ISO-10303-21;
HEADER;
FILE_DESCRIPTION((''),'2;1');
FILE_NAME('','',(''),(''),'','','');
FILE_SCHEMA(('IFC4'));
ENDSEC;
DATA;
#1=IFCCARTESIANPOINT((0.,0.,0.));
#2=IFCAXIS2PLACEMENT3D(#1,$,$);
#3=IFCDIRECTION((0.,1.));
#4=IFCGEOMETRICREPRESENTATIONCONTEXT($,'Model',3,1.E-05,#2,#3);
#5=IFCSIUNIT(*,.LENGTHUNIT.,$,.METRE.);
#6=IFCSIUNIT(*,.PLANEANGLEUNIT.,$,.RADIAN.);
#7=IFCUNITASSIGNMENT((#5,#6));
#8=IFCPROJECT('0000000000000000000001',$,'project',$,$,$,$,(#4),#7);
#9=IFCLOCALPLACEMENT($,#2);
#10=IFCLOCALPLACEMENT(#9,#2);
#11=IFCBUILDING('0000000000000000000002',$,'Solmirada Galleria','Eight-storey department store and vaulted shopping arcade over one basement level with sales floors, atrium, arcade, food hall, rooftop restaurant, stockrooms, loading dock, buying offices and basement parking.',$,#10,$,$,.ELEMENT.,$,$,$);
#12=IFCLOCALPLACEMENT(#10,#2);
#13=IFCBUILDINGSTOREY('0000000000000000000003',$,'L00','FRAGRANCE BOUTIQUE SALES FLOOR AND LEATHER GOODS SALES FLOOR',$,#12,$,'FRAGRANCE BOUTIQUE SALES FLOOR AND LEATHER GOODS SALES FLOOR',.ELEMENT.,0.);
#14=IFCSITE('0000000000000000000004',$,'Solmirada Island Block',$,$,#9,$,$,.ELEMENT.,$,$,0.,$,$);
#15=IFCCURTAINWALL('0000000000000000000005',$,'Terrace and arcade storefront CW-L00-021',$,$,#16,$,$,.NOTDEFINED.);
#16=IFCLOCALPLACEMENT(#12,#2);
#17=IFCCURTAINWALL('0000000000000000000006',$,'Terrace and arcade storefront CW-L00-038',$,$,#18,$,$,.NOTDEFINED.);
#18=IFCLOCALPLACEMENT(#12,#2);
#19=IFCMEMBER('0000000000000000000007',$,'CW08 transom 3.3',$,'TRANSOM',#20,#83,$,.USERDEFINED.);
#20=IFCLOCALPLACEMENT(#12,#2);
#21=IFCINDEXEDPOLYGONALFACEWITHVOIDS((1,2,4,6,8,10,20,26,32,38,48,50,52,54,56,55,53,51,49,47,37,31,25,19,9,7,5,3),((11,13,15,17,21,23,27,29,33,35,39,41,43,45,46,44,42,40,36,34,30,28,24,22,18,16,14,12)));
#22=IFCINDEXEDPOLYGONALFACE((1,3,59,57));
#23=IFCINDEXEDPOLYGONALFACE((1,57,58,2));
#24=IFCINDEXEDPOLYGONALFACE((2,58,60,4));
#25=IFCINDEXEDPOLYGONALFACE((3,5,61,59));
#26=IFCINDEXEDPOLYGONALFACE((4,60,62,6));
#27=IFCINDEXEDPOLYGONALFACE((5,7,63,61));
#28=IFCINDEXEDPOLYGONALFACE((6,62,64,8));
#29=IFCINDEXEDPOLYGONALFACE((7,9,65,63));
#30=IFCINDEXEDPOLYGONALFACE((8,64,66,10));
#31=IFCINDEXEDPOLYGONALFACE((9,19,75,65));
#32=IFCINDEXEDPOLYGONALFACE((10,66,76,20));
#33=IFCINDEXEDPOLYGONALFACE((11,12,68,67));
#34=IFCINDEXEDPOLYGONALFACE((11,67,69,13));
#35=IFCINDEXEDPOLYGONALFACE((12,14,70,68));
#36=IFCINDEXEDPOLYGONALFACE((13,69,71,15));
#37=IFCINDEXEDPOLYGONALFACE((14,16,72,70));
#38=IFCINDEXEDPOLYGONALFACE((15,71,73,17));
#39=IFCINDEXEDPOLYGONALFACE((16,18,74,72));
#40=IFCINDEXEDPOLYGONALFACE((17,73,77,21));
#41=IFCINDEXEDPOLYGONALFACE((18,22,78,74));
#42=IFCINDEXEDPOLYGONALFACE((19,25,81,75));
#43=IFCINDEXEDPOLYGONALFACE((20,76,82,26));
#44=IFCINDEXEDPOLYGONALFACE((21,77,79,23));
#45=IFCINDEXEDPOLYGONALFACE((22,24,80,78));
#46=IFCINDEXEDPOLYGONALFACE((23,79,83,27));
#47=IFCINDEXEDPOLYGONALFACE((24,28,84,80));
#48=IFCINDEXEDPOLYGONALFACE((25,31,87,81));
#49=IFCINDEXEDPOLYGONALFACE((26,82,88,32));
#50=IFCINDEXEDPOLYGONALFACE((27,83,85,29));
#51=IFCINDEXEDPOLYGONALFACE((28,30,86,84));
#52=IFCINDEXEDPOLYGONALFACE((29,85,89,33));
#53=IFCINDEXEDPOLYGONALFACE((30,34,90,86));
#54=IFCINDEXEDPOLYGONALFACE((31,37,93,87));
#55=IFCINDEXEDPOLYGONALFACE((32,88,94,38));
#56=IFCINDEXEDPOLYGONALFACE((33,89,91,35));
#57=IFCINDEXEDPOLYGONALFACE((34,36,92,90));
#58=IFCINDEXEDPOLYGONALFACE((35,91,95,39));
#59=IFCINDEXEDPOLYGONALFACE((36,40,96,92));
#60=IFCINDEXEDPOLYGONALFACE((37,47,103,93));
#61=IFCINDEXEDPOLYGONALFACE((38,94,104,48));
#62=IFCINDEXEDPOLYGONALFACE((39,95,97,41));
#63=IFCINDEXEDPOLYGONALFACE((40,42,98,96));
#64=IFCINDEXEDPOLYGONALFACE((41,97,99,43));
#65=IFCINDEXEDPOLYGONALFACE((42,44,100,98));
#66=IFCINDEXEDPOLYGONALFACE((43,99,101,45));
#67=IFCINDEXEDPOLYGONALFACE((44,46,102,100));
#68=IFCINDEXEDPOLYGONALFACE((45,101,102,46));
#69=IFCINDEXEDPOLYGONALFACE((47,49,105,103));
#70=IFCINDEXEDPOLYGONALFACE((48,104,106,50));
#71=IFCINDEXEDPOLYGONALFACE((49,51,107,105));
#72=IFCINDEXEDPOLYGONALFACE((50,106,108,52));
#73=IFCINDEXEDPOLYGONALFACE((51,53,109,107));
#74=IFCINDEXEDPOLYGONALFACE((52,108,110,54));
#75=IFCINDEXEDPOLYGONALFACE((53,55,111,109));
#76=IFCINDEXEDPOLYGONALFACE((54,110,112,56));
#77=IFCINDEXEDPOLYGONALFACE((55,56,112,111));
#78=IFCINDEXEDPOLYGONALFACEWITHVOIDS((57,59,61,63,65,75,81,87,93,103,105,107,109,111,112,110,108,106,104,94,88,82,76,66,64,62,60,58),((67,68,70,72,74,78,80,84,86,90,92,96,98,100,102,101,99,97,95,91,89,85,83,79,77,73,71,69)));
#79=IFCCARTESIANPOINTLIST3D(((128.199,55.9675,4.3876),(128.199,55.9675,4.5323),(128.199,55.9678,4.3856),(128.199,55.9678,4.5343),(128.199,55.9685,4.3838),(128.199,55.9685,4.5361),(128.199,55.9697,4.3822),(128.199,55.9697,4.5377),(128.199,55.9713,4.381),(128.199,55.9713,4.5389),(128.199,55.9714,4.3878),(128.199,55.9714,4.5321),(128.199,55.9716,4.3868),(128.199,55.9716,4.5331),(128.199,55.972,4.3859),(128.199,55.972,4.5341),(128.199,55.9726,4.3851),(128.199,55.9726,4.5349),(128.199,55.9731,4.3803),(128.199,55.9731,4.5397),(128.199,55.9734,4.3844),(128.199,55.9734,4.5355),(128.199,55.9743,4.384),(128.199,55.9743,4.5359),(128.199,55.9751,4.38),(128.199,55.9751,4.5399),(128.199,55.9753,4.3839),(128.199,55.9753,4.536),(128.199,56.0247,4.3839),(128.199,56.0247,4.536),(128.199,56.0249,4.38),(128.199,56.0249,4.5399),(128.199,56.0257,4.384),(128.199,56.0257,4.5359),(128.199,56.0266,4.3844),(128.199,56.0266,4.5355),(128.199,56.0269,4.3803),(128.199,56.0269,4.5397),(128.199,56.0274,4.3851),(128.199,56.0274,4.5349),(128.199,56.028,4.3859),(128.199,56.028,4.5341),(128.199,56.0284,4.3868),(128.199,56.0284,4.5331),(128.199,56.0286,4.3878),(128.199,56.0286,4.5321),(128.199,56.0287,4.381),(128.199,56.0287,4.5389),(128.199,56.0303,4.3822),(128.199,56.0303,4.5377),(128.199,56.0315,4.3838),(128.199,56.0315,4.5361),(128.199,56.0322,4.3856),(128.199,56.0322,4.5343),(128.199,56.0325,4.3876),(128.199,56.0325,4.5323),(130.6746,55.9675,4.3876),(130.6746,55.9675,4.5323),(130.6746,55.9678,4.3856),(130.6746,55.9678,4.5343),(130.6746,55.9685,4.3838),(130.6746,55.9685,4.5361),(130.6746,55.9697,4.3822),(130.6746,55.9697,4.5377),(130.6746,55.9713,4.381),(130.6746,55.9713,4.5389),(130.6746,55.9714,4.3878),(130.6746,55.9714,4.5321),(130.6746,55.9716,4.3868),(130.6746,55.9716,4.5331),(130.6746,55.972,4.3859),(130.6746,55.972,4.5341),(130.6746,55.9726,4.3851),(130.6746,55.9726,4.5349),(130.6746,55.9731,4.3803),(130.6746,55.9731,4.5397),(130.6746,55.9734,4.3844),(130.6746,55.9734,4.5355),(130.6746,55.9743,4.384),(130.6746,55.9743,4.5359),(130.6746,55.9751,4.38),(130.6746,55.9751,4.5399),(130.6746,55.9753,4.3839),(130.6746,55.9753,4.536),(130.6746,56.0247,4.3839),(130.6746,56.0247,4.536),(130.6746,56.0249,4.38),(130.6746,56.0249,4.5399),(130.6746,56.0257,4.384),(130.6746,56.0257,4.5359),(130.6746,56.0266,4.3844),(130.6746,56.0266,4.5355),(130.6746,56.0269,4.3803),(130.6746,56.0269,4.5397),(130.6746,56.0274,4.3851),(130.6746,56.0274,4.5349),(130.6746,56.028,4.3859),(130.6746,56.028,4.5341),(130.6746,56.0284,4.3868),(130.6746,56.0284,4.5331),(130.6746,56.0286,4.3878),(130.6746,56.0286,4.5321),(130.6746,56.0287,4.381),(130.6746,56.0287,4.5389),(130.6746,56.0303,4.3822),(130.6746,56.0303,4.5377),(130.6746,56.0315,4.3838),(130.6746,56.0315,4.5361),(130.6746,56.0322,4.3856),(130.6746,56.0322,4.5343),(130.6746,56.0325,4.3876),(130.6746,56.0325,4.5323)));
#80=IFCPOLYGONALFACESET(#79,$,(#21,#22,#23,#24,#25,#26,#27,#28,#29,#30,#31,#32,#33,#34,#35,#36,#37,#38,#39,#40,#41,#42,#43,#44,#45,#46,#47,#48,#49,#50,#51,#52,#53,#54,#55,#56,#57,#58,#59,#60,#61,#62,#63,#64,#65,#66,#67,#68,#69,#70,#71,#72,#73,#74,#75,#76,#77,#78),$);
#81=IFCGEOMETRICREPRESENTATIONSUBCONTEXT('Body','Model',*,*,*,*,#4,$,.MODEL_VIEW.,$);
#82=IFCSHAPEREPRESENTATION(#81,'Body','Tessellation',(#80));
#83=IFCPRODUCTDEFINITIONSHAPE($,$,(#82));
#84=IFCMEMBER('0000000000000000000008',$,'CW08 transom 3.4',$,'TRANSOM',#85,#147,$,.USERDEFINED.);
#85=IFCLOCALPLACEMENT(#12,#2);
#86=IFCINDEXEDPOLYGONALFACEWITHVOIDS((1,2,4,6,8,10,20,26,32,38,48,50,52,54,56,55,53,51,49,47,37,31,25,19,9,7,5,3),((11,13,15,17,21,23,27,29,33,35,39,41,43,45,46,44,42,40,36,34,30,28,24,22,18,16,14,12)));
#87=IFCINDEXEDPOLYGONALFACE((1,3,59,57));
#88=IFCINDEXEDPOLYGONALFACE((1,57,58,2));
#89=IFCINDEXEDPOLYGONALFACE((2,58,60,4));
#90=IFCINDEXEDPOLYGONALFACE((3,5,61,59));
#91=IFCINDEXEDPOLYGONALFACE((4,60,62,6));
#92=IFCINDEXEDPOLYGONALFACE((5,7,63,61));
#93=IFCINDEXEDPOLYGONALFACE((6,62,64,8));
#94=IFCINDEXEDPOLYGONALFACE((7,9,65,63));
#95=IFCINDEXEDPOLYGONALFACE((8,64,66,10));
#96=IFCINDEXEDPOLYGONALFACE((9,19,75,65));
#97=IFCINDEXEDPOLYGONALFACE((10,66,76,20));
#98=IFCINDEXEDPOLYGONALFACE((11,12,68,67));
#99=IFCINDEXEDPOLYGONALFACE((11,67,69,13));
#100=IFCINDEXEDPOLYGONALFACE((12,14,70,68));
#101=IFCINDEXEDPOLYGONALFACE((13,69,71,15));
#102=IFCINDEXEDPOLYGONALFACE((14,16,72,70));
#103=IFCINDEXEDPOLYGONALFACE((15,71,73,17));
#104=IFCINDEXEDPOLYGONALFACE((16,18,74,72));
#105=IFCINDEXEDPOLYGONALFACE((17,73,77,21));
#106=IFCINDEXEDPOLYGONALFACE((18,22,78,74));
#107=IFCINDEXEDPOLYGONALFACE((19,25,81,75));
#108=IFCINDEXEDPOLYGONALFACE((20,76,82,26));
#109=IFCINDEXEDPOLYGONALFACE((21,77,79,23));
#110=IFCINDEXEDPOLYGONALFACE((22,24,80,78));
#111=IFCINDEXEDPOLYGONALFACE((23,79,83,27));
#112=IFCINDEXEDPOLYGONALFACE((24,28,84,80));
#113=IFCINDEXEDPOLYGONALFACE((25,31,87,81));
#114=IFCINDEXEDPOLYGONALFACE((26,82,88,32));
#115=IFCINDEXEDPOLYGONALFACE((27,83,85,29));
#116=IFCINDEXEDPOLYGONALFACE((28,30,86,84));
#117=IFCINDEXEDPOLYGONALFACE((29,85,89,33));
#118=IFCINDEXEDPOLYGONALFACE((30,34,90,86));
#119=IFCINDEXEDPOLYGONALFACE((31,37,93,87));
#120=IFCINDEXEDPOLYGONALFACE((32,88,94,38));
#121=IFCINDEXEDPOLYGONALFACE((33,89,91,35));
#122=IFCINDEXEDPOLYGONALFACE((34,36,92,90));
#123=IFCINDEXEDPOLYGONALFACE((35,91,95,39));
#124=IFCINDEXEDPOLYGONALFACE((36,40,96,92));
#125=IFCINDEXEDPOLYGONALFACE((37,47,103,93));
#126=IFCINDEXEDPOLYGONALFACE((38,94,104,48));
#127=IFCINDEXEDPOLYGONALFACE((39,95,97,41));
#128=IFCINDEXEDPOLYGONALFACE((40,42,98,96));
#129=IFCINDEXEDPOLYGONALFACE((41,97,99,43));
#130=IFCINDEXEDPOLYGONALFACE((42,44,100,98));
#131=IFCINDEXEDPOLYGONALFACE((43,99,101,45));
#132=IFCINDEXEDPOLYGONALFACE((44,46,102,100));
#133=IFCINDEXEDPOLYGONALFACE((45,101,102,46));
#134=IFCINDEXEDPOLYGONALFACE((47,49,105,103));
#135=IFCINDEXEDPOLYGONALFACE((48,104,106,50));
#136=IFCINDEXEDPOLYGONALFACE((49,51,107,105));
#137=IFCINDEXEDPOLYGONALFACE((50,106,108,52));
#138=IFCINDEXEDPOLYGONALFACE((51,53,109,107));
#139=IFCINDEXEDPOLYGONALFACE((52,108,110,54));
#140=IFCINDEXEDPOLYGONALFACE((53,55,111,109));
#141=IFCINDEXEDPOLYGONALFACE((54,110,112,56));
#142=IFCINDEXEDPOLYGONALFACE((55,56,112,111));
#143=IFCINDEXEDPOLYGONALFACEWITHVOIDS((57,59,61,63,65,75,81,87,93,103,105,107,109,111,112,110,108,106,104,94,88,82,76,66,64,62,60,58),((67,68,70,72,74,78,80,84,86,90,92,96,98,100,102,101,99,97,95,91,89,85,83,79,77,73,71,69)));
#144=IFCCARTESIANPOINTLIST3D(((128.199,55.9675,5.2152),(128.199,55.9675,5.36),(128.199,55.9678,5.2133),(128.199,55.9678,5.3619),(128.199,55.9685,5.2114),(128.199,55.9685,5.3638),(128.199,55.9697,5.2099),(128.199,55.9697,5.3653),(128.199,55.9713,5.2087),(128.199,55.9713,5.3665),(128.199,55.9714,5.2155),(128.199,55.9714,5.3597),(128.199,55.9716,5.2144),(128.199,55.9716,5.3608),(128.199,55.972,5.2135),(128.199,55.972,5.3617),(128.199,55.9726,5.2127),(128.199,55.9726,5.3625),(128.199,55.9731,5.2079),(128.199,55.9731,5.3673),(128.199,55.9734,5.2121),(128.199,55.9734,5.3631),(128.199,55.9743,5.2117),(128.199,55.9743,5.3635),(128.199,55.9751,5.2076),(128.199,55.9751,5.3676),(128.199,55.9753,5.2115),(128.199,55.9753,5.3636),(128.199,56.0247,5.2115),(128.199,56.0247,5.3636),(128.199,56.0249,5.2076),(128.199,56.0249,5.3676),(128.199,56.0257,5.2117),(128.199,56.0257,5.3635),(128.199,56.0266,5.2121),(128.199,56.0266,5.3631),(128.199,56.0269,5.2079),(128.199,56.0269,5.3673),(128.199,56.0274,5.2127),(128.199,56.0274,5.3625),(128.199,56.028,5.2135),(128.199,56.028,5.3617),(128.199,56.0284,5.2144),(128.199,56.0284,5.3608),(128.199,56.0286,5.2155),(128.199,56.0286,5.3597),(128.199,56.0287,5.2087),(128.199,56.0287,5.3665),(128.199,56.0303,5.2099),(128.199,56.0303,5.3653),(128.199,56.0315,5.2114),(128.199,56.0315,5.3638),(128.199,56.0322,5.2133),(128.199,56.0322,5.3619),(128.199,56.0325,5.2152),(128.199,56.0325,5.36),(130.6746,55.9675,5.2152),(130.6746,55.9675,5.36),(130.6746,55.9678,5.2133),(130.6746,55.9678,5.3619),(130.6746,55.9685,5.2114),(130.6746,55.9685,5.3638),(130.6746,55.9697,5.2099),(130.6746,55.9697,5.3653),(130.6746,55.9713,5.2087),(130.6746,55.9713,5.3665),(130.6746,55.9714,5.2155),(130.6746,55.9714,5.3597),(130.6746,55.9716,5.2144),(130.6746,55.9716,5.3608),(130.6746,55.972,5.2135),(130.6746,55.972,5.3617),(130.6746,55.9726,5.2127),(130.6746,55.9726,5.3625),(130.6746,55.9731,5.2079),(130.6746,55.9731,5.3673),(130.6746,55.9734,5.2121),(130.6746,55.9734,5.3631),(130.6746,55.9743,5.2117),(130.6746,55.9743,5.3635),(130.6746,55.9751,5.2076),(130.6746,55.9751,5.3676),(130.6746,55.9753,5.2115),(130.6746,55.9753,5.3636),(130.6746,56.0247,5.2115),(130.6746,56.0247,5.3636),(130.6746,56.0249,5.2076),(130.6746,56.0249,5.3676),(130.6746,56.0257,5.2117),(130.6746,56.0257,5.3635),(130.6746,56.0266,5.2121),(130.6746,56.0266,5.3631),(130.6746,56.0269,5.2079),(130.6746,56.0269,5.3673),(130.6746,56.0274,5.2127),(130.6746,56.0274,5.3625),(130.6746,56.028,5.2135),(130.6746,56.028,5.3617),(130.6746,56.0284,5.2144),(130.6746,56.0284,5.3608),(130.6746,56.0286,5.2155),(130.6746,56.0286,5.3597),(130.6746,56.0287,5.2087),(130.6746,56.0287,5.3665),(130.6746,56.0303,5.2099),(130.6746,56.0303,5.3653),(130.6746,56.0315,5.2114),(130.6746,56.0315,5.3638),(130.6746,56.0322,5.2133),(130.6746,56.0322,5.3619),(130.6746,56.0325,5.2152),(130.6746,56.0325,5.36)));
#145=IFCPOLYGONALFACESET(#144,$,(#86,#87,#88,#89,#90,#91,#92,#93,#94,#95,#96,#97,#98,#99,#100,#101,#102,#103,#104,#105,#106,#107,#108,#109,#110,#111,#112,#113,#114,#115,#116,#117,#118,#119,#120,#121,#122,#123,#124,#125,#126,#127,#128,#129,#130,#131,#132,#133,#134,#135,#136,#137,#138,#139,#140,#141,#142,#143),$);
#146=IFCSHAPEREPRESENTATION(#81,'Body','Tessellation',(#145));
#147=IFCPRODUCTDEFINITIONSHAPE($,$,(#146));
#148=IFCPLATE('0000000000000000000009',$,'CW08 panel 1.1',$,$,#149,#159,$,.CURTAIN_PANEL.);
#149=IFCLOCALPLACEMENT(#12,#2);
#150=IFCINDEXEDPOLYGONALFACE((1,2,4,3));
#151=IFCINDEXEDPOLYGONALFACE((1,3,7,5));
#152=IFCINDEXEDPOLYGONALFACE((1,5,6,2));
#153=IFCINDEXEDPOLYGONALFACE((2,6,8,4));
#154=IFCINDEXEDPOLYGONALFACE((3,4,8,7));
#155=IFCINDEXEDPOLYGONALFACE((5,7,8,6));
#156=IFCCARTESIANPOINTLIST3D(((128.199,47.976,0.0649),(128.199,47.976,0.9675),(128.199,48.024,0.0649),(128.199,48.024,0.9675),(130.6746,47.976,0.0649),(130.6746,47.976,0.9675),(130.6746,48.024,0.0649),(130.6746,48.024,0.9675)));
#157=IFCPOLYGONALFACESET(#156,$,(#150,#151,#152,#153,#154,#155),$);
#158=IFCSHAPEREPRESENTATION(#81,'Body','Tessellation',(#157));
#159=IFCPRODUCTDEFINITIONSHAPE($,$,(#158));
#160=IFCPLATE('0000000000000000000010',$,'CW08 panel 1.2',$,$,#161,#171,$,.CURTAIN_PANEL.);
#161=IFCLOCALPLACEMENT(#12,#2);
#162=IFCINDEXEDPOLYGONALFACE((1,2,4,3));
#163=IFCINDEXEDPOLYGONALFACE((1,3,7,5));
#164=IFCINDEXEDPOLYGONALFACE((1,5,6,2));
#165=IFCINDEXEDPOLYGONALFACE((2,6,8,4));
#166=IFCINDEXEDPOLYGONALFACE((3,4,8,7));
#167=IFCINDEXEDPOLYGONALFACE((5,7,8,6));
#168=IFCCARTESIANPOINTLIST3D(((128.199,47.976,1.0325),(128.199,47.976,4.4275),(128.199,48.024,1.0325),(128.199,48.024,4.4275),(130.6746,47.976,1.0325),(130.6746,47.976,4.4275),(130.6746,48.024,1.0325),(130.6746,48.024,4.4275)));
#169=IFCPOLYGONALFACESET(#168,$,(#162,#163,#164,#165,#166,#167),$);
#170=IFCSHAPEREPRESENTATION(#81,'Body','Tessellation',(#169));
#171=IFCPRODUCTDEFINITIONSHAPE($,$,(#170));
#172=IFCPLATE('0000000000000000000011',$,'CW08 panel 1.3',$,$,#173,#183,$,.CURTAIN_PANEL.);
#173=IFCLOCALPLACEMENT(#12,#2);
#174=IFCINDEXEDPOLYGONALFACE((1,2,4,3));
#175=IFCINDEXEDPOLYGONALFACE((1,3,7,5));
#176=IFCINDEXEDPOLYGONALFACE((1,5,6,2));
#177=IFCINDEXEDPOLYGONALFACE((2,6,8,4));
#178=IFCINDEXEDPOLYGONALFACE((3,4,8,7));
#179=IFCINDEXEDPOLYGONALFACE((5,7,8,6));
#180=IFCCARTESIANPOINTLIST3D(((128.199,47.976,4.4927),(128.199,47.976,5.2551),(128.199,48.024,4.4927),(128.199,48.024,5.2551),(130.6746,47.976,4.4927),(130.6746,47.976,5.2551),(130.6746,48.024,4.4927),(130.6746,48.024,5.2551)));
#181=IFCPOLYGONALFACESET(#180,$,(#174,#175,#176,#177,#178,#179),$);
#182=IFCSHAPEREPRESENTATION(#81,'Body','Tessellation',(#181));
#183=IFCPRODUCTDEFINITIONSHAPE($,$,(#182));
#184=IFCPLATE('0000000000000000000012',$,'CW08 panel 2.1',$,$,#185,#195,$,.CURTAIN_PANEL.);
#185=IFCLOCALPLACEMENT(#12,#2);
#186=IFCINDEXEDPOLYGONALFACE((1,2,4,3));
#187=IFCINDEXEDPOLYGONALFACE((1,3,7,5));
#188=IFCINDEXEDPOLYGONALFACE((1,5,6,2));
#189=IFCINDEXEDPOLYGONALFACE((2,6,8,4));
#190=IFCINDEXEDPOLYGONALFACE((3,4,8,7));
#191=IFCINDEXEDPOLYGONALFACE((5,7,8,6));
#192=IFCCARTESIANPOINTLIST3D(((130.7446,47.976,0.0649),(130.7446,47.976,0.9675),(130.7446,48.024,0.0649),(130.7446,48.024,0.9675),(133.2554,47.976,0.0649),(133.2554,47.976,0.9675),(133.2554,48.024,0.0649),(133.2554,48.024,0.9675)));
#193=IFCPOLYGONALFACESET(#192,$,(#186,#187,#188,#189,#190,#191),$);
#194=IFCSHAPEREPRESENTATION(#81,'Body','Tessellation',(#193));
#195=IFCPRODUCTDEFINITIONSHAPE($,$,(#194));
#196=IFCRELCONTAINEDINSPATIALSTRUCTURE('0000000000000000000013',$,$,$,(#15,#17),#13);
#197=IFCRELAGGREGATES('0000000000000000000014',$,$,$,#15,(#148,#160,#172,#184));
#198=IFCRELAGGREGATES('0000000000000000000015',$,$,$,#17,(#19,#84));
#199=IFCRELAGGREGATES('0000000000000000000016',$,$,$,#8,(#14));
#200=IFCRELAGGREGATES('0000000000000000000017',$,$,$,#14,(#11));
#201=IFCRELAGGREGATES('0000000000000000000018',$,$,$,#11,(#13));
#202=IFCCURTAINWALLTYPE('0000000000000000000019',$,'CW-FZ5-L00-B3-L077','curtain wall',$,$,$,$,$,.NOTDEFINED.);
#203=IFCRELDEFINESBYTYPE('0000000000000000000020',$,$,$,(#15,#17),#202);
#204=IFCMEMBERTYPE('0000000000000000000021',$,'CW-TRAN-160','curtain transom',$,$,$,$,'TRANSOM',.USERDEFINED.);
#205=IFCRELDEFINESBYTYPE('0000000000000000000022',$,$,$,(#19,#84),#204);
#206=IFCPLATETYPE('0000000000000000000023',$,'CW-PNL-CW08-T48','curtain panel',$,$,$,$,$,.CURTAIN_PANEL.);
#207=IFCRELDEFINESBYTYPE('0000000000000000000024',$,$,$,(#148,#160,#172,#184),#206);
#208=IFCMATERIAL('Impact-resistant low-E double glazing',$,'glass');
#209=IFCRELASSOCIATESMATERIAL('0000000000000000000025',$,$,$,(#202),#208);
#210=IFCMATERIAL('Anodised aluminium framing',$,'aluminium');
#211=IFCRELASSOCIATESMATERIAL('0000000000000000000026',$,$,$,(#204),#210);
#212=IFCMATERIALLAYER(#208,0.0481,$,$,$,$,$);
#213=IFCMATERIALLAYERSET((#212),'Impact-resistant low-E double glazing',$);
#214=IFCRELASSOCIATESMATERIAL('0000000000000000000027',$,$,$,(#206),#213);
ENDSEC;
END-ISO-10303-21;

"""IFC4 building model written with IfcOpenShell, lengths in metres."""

from ifc_helpers import new_model, si_unit, direction, frame, origin, origin_2d, place, context, subcontext, project, spatial, rectangle, hollow_rectangle, extrude, material, layer, layer_set, material_profile, profile_set, type_object, element, aggregate, save


model = new_model("IFC4")

# Units and contexts
model_context = context("Model", 3, precision=1e-05, world=origin(), true_north=direction((0.0, 1.0)))
body_context = subcontext(model_context, "Body", "Model", "MODEL_VIEW")
ifc_project = project(units=[si_unit("LENGTHUNIT", "METRE"), si_unit("PLANEANGLEUNIT", "RADIAN")], contexts=[model_context])

# Site, building, storey
site_placement = place(None, origin())
site = spatial("IfcSite", under=ifc_project, at=site_placement, Name="Solmirada Island Block", CompositionType="ELEMENT", RefElevation=0.0)
building_placement = place(site_placement, origin())
building = spatial("IfcBuilding", under=site, at=building_placement, Name="Solmirada Galleria", Description="Eight-storey department store and vaulted shopping arcade over one basement level with sales floors, atrium, arcade, food hall, rooftop restaurant, stockrooms, loading dock, buying offices and basement parking.", CompositionType="ELEMENT")
storey_placement = place(building_placement, origin())
storey = spatial("IfcBuildingStorey", under=building, at=storey_placement, Name="L00", Description="FRAGRANCE BOUTIQUE SALES FLOOR AND LEATHER GOODS SALES FLOOR", LongName="FRAGRANCE BOUTIQUE SALES FLOOR AND LEATHER GOODS SALES FLOOR", CompositionType="ELEMENT", Elevation=0.0)

# Curtain walls
ifc_material_1 = material(Name="Impact-resistant low-E double glazing", Category="glass")
curtain_wall_type = type_object("IfcCurtainWallType", Name="CW-FZ5-L00-B3-L077", Description="curtain wall", PredefinedType="NOTDEFINED", material=ifc_material_1)
curtain_wall_1_placement = place(storey_placement, origin())
curtain_wall_1 = element("IfcCurtainWall", 1, at=curtain_wall_1_placement, inside=storey, type_object=curtain_wall_type, Name="Terrace and arcade storefront CW-L00-021", PredefinedType="NOTDEFINED")
ifc_material_2 = material(Name="Anodised aluminium framing", Category="aluminium")
curtain_wall_2_placement = place(storey_placement, origin())
curtain_wall_2 = element("IfcCurtainWall", 2, at=curtain_wall_2_placement, inside=storey, type_object=curtain_wall_type, Name="Terrace and arcade storefront CW-L00-038", PredefinedType="NOTDEFINED")

# Members
ifc_material_profile_1 = material_profile(ifc_material_2, hollow_rectangle(XDim=0.0649, YDim=0.1599, WallThickness=0.0039, InnerFilletRadius=0.0039, OuterFilletRadius=0.0076, at=origin_2d()), Name="ALU-TRAN-160X65")
ifc_profile_set_1 = profile_set([ifc_material_profile_1], Name="Anodised aluminium framing")
member_type_1 = type_object("IfcMemberType", Name="CW-TRAN-160", Description="curtain transom", ElementType="TRANSOM", PredefinedType="USERDEFINED", material=ifc_profile_set_1)
member_1_placement = place(storey_placement, frame((130.6746, 56.0, 4.46), z_axis=(-1.0, 0.0, 0.0), x_axis=(0.0, -1.0, 0.0)))
member_1 = element("IfcMember", 3, at=member_1_placement, type_object=member_type_1, Name="CW08 transom 3.3", ObjectType="TRANSOM", PredefinedType="USERDEFINED", context=body_context, shape_type="SweptSolid", body=[
    extrude(hollow_rectangle(XDim=0.0649, YDim=0.1599, WallThickness=0.0039, InnerFilletRadius=0.0039, OuterFilletRadius=0.0076, at=origin_2d()), origin(), (0.0, 0.0, 1.0), 2.4756),
])
member_2_placement = place(storey_placement, frame((130.6746, 56.0, 5.2876), z_axis=(-1.0, 0.0, 0.0), x_axis=(0.0, -1.0, 0.0)))
member_2 = element("IfcMember", 4, at=member_2_placement, type_object=member_type_1, Name="CW08 transom 3.4", ObjectType="TRANSOM", PredefinedType="USERDEFINED", context=body_context, shape_type="SweptSolid", body=[
    extrude(hollow_rectangle(XDim=0.0649, YDim=0.1599, WallThickness=0.0039, InnerFilletRadius=0.0039, OuterFilletRadius=0.0076, at=origin_2d()), origin(), (0.0, 0.0, 1.0), 2.4756),
])

# Plates
ifc_layer_1 = layer(ifc_material_1, 0.0481)
ifc_layer_set_1 = layer_set([ifc_layer_1], Name="Impact-resistant low-E double glazing")
plate_type = type_object("IfcPlateType", Name="CW-PNL-CW08-T48", Description="curtain panel", PredefinedType="CURTAIN_PANEL", material=ifc_layer_set_1)
plate_1_placement = place(storey_placement, frame((129.4368, 48.0, 0.0649), z_axis=(0.0, 0.0, 1.0), x_axis=(1.0, 0.0, 0.0)))
plate_1 = element("IfcPlate", 5, at=plate_1_placement, type_object=plate_type, Name="CW08 panel 1.1", PredefinedType="CURTAIN_PANEL", context=body_context, shape_type="SweptSolid", body=[
    extrude(rectangle(XDim=2.4756, YDim=0.0481, at=origin_2d()), origin(), (0.0, 0.0, 1.0), 0.9026),
])
plate_2_placement = place(storey_placement, frame((129.4368, 48.0, 1.0325), z_axis=(0.0, 0.0, 1.0), x_axis=(1.0, 0.0, 0.0)))
plate_2 = element("IfcPlate", 6, at=plate_2_placement, type_object=plate_type, Name="CW08 panel 1.2", PredefinedType="CURTAIN_PANEL", context=body_context, shape_type="SweptSolid", body=[
    extrude(rectangle(XDim=2.4756, YDim=0.0481, at=origin_2d()), origin(), (0.0, 0.0, 1.0), 3.395),
])
plate_3_placement = place(storey_placement, frame((129.4368, 48.0, 4.4927), z_axis=(0.0, 0.0, 1.0), x_axis=(1.0, 0.0, 0.0)))
plate_3 = element("IfcPlate", 7, at=plate_3_placement, type_object=plate_type, Name="CW08 panel 1.3", PredefinedType="CURTAIN_PANEL", context=body_context, shape_type="SweptSolid", body=[
    extrude(rectangle(XDim=2.4756, YDim=0.0481, at=origin_2d()), origin(), (0.0, 0.0, 1.0), 0.7625),
])
plate_4_placement = place(storey_placement, frame((132.0, 48.0, 0.0649), z_axis=(0.0, 0.0, 1.0), x_axis=(1.0, 0.0, 0.0)))
plate_4 = element("IfcPlate", 8, at=plate_4_placement, type_object=plate_type, Name="CW08 panel 2.1", PredefinedType="CURTAIN_PANEL", context=body_context, shape_type="SweptSolid", body=[
    extrude(rectangle(XDim=2.5107, YDim=0.0481, at=origin_2d()), origin(), (0.0, 0.0, 1.0), 0.9026),
])
aggregate(curtain_wall_1, [plate_1, plate_2, plate_3, plate_4])
aggregate(curtain_wall_2, [member_1, member_2])

save(model, "model.ifc")
